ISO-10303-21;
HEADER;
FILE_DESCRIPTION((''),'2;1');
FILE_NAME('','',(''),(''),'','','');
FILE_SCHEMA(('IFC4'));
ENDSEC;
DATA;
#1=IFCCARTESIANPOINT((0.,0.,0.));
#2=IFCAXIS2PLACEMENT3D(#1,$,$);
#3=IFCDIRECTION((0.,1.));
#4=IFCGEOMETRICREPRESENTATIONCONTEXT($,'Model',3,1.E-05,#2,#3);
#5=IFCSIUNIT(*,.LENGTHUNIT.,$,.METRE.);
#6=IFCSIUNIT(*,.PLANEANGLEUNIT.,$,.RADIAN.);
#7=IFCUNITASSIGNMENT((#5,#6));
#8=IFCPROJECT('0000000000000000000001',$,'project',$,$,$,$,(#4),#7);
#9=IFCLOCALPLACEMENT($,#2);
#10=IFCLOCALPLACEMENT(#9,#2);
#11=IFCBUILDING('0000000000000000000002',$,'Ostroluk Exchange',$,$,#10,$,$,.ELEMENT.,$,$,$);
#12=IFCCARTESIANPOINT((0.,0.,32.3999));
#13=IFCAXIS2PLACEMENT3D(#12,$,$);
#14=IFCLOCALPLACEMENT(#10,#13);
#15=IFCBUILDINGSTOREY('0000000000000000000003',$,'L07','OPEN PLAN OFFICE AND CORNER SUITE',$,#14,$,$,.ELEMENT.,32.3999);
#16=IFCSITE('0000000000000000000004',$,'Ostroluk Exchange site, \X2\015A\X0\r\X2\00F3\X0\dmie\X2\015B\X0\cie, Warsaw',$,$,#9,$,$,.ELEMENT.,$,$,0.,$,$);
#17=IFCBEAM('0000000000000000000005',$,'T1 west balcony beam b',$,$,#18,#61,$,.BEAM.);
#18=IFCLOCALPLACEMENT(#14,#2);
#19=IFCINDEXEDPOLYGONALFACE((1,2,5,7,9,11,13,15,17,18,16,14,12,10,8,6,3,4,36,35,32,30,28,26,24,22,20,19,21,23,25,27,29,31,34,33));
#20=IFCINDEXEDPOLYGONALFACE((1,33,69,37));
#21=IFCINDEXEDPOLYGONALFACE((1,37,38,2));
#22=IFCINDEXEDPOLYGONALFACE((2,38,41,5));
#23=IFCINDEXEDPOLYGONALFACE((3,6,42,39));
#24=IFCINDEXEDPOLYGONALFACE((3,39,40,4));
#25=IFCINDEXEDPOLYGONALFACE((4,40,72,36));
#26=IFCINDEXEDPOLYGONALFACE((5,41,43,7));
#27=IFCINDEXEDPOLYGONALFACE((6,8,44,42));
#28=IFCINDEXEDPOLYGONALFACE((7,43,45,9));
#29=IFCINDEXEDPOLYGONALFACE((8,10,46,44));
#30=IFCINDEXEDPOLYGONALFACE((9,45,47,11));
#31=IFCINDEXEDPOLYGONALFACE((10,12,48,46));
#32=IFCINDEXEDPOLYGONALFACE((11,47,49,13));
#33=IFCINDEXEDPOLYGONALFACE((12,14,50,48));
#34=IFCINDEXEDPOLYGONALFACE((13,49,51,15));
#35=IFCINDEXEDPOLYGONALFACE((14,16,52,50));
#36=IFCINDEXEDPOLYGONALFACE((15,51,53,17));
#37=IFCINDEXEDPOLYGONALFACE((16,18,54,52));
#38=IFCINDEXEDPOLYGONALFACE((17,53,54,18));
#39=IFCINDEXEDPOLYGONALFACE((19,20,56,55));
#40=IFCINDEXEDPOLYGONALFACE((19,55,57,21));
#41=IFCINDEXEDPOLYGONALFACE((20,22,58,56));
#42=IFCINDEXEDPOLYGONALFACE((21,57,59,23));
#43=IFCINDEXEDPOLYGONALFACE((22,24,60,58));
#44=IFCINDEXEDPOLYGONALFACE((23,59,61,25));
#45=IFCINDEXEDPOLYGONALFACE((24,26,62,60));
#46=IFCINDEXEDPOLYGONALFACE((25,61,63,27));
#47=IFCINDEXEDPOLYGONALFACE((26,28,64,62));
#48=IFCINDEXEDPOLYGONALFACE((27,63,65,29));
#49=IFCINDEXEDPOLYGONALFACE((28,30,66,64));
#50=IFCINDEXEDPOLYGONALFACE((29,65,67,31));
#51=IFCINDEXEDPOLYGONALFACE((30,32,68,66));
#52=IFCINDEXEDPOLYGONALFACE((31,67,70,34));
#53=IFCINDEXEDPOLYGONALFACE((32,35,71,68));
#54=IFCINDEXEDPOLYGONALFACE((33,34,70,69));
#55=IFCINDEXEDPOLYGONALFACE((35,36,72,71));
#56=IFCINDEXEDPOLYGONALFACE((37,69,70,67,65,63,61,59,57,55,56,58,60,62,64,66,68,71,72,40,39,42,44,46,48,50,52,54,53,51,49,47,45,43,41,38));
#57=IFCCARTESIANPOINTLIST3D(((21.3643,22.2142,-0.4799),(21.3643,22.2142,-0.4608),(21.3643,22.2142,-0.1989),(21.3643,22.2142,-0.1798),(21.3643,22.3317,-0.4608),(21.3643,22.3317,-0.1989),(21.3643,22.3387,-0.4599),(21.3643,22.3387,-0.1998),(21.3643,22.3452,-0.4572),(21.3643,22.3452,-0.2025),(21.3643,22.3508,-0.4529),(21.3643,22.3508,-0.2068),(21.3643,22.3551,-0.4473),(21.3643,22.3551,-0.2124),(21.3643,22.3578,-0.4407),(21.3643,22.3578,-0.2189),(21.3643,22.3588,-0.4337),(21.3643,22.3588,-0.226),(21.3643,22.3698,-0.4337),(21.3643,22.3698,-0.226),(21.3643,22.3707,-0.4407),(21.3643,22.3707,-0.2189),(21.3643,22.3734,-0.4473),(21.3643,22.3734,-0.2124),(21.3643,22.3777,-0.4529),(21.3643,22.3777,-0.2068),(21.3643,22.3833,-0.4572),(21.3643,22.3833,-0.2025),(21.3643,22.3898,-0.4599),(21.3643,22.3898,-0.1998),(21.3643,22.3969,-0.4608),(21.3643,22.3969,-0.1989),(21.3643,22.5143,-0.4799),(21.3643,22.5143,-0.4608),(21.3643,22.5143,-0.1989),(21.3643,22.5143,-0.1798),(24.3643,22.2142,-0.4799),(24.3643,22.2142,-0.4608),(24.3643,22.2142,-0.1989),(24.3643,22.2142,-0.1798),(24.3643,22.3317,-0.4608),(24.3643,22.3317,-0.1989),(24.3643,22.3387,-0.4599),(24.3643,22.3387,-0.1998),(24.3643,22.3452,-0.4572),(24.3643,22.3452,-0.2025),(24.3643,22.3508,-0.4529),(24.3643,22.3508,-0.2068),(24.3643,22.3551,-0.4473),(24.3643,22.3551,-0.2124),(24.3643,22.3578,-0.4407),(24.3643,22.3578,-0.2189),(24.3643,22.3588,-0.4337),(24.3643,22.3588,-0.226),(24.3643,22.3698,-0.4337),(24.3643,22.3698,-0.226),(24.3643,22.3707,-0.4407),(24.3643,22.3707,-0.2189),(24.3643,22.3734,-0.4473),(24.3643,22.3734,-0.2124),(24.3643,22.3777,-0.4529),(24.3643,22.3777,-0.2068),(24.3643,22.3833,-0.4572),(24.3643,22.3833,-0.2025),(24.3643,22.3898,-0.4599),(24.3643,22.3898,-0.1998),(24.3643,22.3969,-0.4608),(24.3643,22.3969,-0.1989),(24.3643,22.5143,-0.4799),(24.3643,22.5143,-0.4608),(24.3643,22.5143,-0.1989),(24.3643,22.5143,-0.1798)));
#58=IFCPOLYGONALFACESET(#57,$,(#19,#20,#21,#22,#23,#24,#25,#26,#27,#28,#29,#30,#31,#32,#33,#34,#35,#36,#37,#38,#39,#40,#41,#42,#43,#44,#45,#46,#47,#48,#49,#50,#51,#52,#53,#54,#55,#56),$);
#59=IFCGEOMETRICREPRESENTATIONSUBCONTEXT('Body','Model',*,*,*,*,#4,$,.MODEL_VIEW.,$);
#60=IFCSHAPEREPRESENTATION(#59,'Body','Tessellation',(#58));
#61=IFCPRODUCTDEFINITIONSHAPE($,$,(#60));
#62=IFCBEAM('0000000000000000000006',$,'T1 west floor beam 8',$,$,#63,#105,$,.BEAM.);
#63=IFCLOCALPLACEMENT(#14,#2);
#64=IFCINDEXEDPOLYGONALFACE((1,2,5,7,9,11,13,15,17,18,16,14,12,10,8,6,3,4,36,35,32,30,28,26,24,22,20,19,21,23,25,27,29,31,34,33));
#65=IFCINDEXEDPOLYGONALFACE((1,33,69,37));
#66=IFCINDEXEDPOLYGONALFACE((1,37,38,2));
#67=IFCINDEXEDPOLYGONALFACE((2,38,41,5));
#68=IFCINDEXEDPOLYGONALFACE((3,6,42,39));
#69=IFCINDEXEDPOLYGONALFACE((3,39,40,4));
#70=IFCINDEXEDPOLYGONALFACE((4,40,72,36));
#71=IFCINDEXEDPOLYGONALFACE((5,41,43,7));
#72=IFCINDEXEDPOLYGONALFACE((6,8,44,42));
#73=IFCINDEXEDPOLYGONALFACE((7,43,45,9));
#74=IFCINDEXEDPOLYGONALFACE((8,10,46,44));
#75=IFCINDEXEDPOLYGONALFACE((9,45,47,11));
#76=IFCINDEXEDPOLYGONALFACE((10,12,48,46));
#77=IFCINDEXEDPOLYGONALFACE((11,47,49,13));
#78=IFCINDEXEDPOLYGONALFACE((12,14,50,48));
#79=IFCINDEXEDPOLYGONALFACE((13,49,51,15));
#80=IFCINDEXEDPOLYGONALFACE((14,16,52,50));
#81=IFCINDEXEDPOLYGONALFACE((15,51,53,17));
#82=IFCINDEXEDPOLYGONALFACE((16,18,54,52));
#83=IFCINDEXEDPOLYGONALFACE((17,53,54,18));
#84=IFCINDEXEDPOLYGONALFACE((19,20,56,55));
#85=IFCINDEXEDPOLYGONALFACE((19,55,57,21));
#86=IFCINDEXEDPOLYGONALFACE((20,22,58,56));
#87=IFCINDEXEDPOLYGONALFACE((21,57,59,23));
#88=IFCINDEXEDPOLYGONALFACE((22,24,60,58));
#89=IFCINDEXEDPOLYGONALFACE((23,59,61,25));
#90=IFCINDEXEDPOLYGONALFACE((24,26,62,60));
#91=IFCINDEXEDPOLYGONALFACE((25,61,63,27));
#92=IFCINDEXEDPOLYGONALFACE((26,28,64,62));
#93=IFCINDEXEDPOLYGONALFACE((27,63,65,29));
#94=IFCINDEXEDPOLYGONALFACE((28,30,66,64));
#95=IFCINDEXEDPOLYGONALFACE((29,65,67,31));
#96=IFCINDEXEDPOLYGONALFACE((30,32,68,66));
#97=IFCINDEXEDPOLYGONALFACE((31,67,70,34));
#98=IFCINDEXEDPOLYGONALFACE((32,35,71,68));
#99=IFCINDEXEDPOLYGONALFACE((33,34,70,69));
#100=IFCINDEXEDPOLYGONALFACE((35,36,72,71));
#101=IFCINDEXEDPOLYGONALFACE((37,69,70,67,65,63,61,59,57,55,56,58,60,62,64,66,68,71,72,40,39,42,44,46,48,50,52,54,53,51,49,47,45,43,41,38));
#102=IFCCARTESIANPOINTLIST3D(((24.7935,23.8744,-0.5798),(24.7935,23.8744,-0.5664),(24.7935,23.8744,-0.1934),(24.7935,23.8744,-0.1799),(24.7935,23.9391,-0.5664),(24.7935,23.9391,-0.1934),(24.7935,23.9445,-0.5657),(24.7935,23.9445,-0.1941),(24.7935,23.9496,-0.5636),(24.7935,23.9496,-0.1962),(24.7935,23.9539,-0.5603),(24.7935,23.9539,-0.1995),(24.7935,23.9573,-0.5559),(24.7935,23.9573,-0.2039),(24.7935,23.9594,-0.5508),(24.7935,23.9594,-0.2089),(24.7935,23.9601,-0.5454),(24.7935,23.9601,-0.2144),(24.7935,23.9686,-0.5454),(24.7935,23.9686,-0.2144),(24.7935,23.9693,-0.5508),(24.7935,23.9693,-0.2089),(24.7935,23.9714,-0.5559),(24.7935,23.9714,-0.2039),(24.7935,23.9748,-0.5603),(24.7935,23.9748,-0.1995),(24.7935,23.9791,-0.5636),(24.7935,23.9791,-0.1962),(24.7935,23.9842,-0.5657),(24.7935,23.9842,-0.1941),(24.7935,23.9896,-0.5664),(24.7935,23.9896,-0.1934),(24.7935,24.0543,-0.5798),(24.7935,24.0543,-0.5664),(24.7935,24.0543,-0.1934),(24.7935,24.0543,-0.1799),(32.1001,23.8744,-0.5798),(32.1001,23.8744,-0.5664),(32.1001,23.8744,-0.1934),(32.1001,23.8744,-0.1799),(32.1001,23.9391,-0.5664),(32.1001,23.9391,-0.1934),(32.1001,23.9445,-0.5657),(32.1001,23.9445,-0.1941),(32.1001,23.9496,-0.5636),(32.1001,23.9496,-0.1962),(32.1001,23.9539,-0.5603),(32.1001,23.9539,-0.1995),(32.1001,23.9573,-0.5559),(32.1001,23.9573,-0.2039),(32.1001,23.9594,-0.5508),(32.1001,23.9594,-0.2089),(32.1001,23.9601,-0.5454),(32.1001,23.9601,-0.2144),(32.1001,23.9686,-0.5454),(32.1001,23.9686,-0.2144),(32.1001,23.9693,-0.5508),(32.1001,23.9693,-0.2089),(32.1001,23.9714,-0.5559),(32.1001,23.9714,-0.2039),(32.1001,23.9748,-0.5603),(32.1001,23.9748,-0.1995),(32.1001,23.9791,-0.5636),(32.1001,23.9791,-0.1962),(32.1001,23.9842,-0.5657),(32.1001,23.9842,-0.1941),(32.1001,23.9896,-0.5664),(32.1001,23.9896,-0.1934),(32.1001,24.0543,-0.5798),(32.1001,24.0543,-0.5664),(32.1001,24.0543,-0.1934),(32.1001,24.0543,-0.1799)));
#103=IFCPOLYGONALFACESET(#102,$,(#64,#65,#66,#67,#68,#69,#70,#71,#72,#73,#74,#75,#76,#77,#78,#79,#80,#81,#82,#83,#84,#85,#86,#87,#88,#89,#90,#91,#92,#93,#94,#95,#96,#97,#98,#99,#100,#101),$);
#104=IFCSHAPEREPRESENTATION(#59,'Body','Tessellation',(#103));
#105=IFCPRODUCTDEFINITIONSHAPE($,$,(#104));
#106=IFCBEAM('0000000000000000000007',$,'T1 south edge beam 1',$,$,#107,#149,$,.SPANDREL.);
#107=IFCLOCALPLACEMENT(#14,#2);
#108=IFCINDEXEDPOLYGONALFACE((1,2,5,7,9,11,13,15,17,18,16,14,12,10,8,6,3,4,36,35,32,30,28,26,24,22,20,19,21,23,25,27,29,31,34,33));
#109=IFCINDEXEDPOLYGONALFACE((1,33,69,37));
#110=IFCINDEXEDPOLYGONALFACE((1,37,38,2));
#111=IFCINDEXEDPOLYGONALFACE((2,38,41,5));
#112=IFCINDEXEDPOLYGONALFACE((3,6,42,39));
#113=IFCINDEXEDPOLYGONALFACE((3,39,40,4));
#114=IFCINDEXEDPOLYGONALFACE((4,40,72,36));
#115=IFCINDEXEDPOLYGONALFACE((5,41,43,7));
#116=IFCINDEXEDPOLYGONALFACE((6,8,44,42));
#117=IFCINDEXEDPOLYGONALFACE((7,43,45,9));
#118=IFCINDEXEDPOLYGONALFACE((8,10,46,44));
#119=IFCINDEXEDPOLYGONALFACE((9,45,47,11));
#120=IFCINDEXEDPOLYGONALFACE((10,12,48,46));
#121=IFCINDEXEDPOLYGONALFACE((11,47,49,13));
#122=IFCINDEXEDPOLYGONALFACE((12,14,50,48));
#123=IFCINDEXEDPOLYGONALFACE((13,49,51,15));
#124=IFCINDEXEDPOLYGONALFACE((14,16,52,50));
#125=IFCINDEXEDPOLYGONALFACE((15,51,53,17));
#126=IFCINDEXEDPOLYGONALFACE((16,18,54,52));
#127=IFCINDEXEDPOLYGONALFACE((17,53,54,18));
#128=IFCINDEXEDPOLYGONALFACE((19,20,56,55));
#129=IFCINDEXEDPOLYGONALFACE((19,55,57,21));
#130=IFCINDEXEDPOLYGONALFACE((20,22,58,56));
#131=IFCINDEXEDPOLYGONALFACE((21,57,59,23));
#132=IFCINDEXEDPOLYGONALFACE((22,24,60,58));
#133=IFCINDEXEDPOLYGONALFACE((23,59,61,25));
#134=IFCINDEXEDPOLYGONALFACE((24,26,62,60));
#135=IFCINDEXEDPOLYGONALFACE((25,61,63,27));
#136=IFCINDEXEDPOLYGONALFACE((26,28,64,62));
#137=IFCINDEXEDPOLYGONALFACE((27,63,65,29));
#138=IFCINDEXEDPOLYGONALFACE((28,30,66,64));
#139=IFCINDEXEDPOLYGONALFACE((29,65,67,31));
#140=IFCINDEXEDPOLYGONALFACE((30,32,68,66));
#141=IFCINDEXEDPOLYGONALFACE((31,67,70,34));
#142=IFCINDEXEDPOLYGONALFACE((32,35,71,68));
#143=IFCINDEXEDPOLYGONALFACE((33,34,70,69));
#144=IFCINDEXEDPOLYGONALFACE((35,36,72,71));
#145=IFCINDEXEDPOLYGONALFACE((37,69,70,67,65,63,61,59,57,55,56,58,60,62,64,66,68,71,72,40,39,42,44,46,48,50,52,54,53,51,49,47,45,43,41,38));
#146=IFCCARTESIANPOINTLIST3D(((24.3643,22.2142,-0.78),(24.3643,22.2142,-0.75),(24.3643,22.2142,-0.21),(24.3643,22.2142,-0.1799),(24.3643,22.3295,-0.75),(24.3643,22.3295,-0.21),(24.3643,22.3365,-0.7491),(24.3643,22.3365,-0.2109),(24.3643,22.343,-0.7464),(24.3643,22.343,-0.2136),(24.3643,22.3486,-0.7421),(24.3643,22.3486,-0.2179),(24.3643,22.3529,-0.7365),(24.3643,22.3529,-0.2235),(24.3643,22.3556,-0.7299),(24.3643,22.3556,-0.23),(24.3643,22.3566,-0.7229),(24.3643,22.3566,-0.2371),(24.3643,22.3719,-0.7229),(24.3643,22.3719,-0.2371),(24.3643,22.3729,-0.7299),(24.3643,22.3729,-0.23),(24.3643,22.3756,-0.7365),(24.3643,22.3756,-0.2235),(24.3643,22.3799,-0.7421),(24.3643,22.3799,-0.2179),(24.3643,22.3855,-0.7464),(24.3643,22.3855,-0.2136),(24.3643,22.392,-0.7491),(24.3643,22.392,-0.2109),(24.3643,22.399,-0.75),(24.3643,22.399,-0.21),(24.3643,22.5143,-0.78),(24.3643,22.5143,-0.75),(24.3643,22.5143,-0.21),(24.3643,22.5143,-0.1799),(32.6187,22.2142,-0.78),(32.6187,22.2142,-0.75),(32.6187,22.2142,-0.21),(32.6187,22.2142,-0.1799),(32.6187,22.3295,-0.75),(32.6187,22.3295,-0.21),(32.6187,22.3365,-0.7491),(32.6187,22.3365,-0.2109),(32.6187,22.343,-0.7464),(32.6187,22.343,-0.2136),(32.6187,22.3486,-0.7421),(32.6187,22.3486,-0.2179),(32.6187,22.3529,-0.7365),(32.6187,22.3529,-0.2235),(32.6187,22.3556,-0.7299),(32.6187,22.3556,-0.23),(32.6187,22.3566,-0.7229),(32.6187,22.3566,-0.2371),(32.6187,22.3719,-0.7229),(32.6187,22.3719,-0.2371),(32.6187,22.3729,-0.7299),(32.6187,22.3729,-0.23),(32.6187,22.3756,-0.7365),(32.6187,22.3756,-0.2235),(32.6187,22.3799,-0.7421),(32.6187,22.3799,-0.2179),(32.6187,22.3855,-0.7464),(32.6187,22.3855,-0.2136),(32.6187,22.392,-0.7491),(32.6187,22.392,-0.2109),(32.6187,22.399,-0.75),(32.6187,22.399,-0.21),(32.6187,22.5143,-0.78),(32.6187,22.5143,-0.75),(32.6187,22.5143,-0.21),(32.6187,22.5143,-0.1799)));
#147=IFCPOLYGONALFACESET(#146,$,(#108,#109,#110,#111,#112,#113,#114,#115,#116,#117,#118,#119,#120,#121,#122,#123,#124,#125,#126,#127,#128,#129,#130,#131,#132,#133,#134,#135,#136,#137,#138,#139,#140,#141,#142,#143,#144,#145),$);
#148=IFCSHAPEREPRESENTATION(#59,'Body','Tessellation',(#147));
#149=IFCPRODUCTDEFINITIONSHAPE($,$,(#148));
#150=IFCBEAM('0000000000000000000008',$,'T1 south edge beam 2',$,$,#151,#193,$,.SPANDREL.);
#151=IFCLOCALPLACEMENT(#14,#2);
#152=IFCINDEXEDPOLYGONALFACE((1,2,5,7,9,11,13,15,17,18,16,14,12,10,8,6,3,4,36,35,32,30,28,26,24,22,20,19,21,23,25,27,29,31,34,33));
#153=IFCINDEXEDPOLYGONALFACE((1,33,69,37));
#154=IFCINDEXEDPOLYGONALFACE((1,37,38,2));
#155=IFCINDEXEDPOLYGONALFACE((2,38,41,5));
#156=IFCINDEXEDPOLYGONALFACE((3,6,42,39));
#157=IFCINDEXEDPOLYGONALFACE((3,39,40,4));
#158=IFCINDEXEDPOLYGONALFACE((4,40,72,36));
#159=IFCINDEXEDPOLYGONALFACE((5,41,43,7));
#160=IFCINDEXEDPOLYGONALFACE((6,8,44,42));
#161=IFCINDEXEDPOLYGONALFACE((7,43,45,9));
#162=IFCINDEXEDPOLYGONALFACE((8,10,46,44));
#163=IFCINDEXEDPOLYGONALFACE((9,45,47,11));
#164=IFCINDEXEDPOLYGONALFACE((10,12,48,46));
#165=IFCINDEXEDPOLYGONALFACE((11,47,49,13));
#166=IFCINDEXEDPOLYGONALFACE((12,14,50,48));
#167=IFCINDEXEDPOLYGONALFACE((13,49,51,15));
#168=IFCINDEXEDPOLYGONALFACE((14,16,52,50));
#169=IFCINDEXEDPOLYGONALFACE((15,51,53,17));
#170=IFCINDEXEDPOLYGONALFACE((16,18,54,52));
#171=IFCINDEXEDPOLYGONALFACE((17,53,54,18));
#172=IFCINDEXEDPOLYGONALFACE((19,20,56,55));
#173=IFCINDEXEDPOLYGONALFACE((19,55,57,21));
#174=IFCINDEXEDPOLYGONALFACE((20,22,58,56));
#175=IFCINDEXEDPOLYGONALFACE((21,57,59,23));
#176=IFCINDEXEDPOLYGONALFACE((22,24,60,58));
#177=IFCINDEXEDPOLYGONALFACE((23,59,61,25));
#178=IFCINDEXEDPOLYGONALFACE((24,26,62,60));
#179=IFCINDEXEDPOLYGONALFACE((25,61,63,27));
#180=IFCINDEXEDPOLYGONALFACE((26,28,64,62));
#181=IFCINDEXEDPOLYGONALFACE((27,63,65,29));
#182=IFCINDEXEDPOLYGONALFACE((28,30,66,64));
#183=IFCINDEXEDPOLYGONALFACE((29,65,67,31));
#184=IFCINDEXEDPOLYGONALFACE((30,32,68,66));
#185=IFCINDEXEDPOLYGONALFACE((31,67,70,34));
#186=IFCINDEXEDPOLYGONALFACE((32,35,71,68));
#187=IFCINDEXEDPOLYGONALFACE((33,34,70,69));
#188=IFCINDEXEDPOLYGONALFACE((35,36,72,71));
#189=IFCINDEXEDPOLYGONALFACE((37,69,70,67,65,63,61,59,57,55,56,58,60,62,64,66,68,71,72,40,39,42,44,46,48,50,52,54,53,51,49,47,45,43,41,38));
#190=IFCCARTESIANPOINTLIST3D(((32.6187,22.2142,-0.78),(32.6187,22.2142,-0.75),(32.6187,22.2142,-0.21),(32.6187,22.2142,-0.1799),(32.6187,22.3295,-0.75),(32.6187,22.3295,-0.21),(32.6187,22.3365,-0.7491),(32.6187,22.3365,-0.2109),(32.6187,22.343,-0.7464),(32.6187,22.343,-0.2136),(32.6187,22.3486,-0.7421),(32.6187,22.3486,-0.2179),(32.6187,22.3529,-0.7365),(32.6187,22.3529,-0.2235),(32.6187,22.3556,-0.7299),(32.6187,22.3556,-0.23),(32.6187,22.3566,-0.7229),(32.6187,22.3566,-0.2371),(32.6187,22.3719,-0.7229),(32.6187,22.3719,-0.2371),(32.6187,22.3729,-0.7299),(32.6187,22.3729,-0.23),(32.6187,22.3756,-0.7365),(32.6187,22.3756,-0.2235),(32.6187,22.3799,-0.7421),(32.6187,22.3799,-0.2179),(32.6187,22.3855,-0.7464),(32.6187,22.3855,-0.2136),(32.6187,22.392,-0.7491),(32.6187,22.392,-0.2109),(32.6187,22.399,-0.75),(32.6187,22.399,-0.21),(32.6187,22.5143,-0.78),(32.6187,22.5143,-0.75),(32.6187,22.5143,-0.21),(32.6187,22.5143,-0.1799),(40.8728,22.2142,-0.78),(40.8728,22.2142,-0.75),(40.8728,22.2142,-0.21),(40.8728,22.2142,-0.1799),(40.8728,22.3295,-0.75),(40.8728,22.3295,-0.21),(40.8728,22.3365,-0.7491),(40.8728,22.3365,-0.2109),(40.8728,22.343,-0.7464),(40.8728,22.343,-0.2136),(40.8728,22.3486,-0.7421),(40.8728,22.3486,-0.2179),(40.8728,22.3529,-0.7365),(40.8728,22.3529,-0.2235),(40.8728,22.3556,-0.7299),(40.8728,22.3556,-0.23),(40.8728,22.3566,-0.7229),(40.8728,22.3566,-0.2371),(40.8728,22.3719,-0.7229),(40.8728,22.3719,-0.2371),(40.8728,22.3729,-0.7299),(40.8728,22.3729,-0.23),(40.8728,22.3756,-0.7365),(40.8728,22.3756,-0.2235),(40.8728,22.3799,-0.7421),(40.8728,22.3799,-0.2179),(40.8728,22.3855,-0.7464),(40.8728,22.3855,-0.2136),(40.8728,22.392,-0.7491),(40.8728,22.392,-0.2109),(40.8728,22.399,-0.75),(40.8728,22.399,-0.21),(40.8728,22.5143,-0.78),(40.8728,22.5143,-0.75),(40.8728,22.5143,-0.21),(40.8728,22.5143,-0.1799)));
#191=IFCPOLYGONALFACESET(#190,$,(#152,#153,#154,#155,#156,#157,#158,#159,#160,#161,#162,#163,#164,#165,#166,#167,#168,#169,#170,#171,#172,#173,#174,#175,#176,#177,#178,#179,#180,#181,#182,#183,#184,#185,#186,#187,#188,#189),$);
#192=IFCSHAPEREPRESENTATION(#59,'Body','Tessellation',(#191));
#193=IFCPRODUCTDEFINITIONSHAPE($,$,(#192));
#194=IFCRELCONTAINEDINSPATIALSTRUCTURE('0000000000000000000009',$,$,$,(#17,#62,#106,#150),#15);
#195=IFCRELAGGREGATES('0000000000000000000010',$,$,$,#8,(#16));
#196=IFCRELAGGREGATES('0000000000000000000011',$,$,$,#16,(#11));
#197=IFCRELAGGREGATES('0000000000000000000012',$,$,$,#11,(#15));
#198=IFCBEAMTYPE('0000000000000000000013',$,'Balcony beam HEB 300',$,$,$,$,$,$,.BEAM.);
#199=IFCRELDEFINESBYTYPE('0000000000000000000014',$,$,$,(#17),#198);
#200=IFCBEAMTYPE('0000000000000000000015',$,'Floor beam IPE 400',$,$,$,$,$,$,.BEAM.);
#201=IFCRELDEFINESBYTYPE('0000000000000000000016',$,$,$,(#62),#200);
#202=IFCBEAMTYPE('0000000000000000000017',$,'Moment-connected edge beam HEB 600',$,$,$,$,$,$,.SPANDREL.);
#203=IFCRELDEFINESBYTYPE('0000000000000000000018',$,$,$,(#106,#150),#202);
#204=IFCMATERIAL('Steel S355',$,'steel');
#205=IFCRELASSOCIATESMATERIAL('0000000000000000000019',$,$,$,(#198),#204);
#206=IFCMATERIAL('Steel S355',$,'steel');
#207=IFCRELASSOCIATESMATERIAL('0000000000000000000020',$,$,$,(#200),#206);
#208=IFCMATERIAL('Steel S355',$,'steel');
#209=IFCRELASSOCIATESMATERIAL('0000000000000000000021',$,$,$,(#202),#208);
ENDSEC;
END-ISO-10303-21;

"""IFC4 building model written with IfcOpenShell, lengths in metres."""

from ifc_helpers import new_model, si_unit, direction, frame, origin, origin_2d, place, context, subcontext, project, spatial, i_section, extrude, material, material_profile, profile_set, type_object, element, save


model = new_model("IFC4")

# Units and contexts
model_context = context("Model", 3, precision=1e-05, world=origin(), true_north=direction((0.0, 1.0)))
body_context = subcontext(model_context, "Body", "Model", "MODEL_VIEW")
ifc_project = project(units=[si_unit("LENGTHUNIT", "METRE"), si_unit("PLANEANGLEUNIT", "RADIAN")], contexts=[model_context])

# Site, building, storey
site_placement = place(None, origin())
site = spatial("IfcSite", under=ifc_project, at=site_placement, Name="Ostroluk Exchange site, Śródmieście, Warsaw", CompositionType="ELEMENT", RefElevation=0.0)
building_placement = place(site_placement, origin())
building = spatial("IfcBuilding", under=site, at=building_placement, Name="Ostroluk Exchange", CompositionType="ELEMENT")
storey_placement = place(building_placement, frame((0.0, 0.0, 32.3999)))
storey = spatial("IfcBuildingStorey", under=building, at=storey_placement, Name="L07", Description="OPEN PLAN OFFICE AND CORNER SUITE", CompositionType="ELEMENT", Elevation=32.3999)

# Beams
ifc_material_1 = material(Name="Steel S355", Category="steel")
ifc_material_profile_1 = material_profile(ifc_material_1, i_section(OverallWidth=0.3, OverallDepth=0.3, WebThickness=0.011, FlangeThickness=0.019, FilletRadius=0.0271, at=origin_2d()), Name="HEB 300")
ifc_profile_set_1 = profile_set([ifc_material_profile_1], Name="Steel S355")
beam_type_1 = type_object("IfcBeamType", Name="Balcony beam HEB 300", PredefinedType="BEAM", material=ifc_profile_set_1)
beam_1_placement = place(storey_placement, frame((24.3643, 22.3643, -0.3298), z_axis=(-1.0, 0.0, 0.0), x_axis=(0.0, -1.0, 0.0)))
element("IfcBeam", 1, at=beam_1_placement, inside=storey, type_object=beam_type_1, Name="T1 west balcony beam b", PredefinedType="BEAM", context=body_context, shape_type="SweptSolid", body=[
    extrude(i_section(OverallWidth=0.3, OverallDepth=0.3, WebThickness=0.011, FlangeThickness=0.019, FilletRadius=0.0271, at=origin_2d()), origin(), (0.0, 0.0, 1.0), 3.0),
])
ifc_material_2 = material(Name="Steel S355", Category="steel")
ifc_material_profile_2 = material_profile(ifc_material_2, i_section(OverallWidth=0.1799, OverallDepth=0.3999, WebThickness=0.0085, FlangeThickness=0.0134, FilletRadius=0.021, at=origin_2d()), Name="IPE 400")
ifc_profile_set_2 = profile_set([ifc_material_profile_2], Name="Steel S355")
beam_type_2 = type_object("IfcBeamType", Name="Floor beam IPE 400", PredefinedType="BEAM", material=ifc_profile_set_2)
beam_2_placement = place(storey_placement, frame((32.1001, 23.9644, -0.3799), z_axis=(-1.0, 0.0, 0.0), x_axis=(0.0, -1.0, 0.0)))
element("IfcBeam", 2, at=beam_2_placement, inside=storey, type_object=beam_type_2, Name="T1 west floor beam 8", PredefinedType="BEAM", context=body_context, shape_type="SweptSolid", body=[
    extrude(i_section(OverallWidth=0.1799, OverallDepth=0.3999, WebThickness=0.0085, FlangeThickness=0.0134, FilletRadius=0.021, at=origin_2d()), origin(), (0.0, 0.0, 1.0), 7.3066),
])
ifc_material_3 = material(Name="Steel S355", Category="steel")
ifc_material_profile_3 = material_profile(ifc_material_3, i_section(OverallWidth=0.3, OverallDepth=0.6001, WebThickness=0.0154, FlangeThickness=0.03, FilletRadius=0.0271, at=origin_2d()), Name="HEB 600")
ifc_profile_set_3 = profile_set([ifc_material_profile_3], Name="Steel S355")
beam_type_3 = type_object("IfcBeamType", Name="Moment-connected edge beam HEB 600", PredefinedType="SPANDREL", material=ifc_profile_set_3)
beam_3_placement = place(storey_placement, frame((24.3643, 22.3643, -0.48), z_axis=(1.0, 0.0, 0.0), x_axis=(0.0, 1.0, 0.0)))
element("IfcBeam", 3, at=beam_3_placement, inside=storey, type_object=beam_type_3, Name="T1 south edge beam 1", PredefinedType="SPANDREL", context=body_context, shape_type="SweptSolid", body=[
    extrude(i_section(OverallWidth=0.3, OverallDepth=0.6001, WebThickness=0.0154, FlangeThickness=0.03, FilletRadius=0.0271, at=origin_2d()), origin(), (0.0, 0.0, 1.0), 8.2544),
])
beam_4_placement = place(storey_placement, frame((32.6187, 22.3643, -0.48), z_axis=(1.0, 0.0, 0.0), x_axis=(0.0, 1.0, 0.0)))
element("IfcBeam", 4, at=beam_4_placement, inside=storey, type_object=beam_type_3, Name="T1 south edge beam 2", PredefinedType="SPANDREL", context=body_context, shape_type="SweptSolid", body=[
    extrude(i_section(OverallWidth=0.3, OverallDepth=0.6001, WebThickness=0.0154, FlangeThickness=0.03, FilletRadius=0.0271, at=origin_2d()), origin(), (0.0, 0.0, 1.0), 8.2542),
])

save(model, "model.ifc")
